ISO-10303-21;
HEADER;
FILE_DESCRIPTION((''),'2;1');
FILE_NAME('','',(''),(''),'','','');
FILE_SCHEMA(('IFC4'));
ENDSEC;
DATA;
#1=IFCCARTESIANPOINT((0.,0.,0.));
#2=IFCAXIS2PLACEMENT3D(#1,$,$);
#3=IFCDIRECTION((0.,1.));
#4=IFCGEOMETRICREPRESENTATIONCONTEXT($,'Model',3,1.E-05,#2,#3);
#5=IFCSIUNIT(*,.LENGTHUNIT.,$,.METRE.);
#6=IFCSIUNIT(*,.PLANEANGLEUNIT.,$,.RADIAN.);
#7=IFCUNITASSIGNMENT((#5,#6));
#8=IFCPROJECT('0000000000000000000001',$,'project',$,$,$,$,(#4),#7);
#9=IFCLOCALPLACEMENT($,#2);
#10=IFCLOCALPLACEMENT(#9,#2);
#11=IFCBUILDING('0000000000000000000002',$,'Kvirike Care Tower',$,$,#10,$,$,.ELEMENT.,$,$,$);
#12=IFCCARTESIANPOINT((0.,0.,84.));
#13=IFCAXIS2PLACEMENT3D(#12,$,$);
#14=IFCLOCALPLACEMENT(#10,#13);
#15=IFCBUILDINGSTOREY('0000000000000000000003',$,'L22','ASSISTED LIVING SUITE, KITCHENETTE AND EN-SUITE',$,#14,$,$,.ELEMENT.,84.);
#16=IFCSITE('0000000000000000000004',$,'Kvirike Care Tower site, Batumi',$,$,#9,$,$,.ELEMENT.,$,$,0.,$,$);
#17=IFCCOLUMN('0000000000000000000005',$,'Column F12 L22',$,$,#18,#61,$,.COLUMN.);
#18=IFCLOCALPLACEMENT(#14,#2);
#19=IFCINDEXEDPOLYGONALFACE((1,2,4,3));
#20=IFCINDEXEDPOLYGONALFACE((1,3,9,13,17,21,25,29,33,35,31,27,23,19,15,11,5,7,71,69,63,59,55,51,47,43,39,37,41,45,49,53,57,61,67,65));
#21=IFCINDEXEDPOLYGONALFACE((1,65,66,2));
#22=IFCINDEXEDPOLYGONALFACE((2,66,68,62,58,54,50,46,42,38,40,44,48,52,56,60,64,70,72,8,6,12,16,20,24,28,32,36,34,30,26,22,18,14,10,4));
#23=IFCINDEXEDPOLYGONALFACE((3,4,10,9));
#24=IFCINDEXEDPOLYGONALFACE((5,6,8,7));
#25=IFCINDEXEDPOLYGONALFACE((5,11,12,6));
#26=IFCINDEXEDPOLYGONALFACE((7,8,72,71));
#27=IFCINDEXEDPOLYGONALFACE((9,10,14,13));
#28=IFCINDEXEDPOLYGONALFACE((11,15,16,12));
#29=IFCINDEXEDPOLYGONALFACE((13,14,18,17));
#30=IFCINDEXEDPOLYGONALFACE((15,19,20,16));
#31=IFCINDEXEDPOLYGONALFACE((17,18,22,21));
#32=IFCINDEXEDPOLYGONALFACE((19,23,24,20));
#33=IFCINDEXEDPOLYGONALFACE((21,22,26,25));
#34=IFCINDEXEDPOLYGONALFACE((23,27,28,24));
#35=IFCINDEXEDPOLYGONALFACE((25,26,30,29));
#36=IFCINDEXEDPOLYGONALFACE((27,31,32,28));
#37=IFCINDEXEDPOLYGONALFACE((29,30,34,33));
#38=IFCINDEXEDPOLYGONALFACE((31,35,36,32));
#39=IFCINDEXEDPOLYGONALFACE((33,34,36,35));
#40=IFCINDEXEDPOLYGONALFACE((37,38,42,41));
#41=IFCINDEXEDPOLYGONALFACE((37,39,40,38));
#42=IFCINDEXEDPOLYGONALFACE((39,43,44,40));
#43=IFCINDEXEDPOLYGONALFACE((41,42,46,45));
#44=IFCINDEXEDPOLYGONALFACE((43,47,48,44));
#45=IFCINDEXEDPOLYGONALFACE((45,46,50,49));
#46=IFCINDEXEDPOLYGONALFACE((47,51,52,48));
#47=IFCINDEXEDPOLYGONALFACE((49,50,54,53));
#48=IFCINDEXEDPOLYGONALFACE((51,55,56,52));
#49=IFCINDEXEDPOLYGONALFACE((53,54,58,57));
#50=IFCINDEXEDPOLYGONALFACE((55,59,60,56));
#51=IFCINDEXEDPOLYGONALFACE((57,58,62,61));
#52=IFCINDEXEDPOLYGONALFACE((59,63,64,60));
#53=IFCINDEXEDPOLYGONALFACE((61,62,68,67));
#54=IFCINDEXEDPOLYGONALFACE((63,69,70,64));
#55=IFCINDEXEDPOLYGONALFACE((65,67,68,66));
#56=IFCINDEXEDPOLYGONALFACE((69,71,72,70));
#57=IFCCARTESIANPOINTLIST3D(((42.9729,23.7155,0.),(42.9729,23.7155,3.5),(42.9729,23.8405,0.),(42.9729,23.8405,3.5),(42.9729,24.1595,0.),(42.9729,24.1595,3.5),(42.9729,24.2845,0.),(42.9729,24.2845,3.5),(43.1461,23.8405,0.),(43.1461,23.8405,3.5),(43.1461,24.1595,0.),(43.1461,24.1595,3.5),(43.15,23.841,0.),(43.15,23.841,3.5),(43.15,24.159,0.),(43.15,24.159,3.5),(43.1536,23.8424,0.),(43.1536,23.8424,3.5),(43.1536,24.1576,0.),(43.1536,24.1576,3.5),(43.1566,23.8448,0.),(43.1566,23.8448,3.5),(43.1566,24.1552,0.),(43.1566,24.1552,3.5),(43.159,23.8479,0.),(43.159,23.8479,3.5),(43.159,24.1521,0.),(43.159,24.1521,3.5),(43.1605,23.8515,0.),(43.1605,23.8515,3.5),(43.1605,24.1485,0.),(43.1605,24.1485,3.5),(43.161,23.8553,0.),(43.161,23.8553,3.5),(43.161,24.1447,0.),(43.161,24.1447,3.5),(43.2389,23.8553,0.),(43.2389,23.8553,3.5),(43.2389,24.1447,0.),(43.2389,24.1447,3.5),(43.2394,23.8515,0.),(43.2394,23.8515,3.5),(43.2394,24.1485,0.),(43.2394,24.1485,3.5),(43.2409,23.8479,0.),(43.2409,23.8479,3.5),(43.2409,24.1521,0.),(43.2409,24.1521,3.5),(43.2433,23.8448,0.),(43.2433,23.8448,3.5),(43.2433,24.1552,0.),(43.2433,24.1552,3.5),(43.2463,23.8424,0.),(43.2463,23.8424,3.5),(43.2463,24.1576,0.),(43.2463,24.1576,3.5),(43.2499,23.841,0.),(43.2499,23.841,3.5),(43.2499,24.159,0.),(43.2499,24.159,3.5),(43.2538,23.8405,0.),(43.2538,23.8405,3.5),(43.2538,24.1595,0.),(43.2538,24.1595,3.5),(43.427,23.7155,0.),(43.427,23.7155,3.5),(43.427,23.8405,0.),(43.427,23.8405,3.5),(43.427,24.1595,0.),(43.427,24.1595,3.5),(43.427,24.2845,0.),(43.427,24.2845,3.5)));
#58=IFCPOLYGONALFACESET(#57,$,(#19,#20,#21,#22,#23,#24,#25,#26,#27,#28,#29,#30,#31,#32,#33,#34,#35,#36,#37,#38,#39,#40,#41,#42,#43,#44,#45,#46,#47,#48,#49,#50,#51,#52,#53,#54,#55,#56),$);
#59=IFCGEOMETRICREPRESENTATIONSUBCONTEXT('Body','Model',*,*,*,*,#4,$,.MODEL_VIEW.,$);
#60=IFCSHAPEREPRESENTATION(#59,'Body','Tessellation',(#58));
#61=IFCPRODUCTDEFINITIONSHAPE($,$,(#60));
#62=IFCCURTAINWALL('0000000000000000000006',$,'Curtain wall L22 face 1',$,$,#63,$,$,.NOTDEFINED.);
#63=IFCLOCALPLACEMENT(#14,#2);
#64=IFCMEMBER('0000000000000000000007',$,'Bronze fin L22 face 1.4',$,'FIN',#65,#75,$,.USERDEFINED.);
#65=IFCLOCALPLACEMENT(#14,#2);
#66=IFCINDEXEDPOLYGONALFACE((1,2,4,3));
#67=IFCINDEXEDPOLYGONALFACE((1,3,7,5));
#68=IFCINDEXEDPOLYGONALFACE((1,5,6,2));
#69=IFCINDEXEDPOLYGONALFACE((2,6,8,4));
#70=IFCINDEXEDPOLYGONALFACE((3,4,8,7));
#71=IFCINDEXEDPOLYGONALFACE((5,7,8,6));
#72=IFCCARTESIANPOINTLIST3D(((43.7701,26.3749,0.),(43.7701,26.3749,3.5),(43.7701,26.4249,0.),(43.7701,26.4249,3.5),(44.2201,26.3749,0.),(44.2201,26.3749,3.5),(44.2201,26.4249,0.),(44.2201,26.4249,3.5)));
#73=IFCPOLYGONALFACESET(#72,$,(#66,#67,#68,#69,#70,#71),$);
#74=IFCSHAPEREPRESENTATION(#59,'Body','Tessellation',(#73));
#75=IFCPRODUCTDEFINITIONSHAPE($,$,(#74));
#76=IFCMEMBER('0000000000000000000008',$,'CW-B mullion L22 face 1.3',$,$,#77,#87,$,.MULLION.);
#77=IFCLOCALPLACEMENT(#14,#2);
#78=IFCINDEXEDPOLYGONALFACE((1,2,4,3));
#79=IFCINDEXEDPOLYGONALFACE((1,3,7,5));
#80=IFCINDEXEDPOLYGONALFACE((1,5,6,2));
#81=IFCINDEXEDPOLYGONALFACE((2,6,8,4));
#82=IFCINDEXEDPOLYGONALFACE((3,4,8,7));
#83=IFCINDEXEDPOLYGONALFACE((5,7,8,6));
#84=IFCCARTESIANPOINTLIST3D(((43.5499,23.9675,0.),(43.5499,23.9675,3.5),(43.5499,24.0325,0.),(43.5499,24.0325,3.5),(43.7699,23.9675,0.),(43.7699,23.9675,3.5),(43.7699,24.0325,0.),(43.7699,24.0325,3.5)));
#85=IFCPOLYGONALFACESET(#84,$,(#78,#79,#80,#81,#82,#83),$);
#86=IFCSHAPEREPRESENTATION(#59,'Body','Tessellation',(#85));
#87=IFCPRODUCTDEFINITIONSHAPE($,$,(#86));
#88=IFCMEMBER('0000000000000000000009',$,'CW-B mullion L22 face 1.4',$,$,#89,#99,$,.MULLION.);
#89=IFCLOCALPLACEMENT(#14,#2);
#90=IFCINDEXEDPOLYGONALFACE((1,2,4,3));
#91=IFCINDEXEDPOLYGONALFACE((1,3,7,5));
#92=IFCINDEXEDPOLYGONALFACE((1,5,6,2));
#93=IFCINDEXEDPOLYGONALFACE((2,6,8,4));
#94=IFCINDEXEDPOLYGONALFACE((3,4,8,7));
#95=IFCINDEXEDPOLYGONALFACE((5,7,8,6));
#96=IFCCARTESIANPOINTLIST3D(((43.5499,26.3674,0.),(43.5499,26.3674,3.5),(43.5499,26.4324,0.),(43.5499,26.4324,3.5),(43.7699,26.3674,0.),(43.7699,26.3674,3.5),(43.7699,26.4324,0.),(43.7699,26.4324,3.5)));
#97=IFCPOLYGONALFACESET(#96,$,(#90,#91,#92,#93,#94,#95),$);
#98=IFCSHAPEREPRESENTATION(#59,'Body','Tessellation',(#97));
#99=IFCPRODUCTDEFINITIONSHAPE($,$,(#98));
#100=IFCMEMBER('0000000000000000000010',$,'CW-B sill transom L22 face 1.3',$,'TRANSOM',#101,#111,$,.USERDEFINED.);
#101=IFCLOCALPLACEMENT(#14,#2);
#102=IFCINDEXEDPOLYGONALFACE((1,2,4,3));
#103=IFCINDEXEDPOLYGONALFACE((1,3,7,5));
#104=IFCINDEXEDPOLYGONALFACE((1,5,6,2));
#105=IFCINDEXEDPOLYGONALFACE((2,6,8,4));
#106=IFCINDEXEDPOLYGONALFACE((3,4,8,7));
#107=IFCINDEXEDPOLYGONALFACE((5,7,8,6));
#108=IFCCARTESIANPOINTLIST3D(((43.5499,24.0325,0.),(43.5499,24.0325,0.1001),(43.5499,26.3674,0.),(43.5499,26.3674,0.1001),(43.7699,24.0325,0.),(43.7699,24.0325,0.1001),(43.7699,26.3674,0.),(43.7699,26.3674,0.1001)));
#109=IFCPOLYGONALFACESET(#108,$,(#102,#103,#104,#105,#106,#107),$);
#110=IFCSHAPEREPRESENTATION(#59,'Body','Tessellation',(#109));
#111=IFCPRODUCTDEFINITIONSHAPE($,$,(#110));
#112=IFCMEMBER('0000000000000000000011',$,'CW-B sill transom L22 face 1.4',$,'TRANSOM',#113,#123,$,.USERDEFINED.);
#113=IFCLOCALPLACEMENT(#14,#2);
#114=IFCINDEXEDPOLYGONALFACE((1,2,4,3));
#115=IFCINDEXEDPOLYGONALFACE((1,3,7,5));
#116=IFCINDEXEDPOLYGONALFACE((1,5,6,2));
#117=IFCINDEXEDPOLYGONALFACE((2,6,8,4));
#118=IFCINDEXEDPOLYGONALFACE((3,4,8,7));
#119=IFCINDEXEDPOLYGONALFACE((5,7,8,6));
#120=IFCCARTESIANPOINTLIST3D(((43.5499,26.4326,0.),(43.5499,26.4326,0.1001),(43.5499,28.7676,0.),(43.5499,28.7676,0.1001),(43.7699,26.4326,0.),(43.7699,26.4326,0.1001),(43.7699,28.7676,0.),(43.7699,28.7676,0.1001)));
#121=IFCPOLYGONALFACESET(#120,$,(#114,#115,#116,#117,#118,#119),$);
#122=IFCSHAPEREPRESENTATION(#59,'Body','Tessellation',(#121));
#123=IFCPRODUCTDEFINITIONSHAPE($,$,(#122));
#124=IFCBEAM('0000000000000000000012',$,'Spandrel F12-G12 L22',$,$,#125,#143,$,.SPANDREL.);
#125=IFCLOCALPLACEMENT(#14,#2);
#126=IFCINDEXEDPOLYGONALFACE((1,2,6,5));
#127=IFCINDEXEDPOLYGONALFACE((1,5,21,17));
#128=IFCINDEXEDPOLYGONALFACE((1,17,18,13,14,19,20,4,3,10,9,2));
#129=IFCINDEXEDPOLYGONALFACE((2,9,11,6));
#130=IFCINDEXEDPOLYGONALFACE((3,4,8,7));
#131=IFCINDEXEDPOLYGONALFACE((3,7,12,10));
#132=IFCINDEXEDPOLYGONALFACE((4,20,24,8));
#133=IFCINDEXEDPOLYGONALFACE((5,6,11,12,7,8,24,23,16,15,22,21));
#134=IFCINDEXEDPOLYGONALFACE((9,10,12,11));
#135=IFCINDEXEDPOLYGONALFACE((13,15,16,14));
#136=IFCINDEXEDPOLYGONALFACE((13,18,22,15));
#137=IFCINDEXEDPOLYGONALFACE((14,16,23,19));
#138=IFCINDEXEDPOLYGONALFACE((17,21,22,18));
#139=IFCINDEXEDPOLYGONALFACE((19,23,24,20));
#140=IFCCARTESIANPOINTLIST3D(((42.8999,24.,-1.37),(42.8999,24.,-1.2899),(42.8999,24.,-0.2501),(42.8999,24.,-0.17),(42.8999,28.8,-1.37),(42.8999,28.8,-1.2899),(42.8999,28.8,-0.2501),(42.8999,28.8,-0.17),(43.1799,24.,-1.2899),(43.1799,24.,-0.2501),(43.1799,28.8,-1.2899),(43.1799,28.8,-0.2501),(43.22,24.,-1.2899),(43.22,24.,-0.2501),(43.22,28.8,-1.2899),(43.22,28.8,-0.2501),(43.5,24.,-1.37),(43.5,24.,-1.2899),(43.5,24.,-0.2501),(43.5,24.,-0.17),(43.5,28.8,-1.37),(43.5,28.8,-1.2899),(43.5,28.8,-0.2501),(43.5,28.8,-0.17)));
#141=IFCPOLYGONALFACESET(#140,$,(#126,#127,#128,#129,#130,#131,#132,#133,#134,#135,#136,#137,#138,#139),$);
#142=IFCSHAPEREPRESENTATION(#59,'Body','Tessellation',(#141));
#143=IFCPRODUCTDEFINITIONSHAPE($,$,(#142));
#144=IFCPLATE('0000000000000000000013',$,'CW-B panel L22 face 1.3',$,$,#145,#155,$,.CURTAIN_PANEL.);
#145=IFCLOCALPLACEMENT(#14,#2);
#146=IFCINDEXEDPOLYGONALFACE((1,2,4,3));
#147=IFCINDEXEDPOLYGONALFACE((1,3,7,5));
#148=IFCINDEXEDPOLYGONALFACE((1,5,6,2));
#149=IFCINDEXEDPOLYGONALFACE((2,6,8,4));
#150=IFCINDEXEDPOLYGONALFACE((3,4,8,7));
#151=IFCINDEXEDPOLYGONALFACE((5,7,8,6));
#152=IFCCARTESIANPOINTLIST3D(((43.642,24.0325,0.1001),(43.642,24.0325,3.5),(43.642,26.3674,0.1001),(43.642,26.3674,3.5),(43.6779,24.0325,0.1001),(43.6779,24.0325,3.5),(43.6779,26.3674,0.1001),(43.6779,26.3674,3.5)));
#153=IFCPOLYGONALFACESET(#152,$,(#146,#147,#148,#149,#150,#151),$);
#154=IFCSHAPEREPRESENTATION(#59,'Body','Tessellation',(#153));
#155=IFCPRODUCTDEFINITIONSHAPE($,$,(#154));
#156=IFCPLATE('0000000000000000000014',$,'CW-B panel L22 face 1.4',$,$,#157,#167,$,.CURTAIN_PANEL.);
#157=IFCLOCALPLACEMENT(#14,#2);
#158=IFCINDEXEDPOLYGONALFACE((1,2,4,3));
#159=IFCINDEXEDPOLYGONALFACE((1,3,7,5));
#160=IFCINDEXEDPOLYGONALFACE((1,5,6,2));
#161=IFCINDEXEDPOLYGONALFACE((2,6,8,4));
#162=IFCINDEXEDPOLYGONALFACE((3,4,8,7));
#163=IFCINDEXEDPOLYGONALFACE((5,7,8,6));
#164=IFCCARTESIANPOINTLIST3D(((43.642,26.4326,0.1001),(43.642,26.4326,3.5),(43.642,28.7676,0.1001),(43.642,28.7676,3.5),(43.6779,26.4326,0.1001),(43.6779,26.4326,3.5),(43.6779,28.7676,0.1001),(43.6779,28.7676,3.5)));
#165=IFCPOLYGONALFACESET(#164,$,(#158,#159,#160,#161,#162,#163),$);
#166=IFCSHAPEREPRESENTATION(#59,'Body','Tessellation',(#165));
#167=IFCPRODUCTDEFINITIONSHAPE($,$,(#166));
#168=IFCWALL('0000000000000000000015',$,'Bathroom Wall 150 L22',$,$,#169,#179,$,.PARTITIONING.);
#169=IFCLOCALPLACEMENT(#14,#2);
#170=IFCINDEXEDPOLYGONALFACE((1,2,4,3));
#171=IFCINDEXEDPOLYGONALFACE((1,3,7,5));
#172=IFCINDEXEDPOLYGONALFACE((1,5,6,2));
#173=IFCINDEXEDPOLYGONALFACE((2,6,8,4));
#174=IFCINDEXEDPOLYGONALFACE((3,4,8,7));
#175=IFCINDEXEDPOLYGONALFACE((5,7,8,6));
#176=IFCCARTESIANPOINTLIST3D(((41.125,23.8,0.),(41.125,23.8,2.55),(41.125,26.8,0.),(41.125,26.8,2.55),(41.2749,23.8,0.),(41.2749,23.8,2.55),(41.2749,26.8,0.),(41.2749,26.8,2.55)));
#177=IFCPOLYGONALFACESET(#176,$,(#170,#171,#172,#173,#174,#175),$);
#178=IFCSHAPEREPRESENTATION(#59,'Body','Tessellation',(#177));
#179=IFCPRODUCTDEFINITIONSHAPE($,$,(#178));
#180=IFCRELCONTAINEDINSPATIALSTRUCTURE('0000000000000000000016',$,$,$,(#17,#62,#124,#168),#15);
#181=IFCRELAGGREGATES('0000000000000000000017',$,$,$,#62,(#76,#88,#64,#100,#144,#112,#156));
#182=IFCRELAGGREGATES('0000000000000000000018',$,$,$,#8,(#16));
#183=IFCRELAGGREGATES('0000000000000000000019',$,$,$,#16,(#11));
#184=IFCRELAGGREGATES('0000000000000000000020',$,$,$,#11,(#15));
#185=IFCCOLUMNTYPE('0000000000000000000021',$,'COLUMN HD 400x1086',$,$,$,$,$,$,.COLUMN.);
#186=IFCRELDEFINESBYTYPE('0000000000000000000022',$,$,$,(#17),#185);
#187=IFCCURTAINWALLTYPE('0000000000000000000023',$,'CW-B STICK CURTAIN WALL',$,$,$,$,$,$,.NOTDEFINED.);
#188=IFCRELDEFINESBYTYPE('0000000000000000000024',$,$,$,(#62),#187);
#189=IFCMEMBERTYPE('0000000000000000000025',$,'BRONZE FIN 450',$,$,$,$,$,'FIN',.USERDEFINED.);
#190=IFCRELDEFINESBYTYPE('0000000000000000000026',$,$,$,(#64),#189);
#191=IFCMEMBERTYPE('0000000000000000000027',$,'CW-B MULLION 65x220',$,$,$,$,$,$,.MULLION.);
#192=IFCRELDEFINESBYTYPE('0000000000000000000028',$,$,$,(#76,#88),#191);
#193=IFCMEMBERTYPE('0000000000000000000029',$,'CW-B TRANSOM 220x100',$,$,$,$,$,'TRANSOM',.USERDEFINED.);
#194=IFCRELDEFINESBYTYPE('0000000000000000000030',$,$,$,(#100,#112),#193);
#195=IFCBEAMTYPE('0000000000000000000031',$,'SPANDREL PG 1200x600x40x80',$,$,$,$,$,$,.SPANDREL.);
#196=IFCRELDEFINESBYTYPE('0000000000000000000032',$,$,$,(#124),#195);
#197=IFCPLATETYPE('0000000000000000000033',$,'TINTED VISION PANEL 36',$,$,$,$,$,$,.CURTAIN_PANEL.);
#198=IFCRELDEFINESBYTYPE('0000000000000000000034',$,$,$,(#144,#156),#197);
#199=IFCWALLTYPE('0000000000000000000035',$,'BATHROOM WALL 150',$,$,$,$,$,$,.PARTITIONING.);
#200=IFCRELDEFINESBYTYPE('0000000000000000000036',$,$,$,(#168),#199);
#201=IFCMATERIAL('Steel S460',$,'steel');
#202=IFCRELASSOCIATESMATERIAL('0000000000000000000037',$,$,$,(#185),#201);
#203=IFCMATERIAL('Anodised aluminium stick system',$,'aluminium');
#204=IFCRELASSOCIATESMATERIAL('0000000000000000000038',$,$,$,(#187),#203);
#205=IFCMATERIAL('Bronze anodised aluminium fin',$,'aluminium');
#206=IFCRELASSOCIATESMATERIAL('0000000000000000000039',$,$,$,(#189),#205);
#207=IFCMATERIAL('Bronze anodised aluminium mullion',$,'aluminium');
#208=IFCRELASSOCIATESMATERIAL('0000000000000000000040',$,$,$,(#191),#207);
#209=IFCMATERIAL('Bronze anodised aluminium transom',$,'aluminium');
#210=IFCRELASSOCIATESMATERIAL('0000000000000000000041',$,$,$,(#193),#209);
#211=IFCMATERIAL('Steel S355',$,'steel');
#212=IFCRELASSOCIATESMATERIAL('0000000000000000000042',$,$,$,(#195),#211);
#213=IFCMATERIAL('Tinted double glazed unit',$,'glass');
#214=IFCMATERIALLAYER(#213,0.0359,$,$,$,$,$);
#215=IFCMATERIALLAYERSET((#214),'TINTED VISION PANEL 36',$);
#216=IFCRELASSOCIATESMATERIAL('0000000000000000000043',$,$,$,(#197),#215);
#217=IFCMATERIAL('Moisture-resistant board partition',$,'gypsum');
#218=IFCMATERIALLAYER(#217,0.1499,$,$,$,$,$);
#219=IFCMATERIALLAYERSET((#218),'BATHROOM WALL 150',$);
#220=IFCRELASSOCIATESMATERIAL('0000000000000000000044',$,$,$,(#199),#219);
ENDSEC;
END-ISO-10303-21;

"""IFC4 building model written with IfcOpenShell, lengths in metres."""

from ifc_helpers import new_model, si_unit, direction, frame, frame_2d, origin, origin_2d, place, context, subcontext, project, spatial, rectangle, i_section, extrude, material, layer, layer_set, material_profile, profile_set, type_object, element, aggregate, save


model = new_model("IFC4")

# Units and contexts
model_context = context("Model", 3, precision=1e-05, world=origin(), true_north=direction((0.0, 1.0)))
body_context = subcontext(model_context, "Body", "Model", "MODEL_VIEW")
ifc_project = project(units=[si_unit("LENGTHUNIT", "METRE"), si_unit("PLANEANGLEUNIT", "RADIAN")], contexts=[model_context])

# Site, building, storey
site_placement = place(None, origin())
site = spatial("IfcSite", under=ifc_project, at=site_placement, Name="Kvirike Care Tower site, Batumi", CompositionType="ELEMENT", RefElevation=0.0)
building_placement = place(site_placement, origin())
building = spatial("IfcBuilding", under=site, at=building_placement, Name="Kvirike Care Tower", CompositionType="ELEMENT")
storey_placement = place(building_placement, frame((0.0, 0.0, 84.0)))
storey = spatial("IfcBuildingStorey", under=building, at=storey_placement, Name="L22", Description="ASSISTED LIVING SUITE, KITCHENETTE AND EN-SUITE", CompositionType="ELEMENT", Elevation=84.0)

# Column
ifc_material_1 = material(Name="Steel S460", Category="steel")
ifc_material_profile_1 = material_profile(ifc_material_1, i_section(OverallWidth=0.4541, OverallDepth=0.5691, WebThickness=0.0779, FlangeThickness=0.125, FilletRadius=0.0149, at=origin_2d()), Name="HD 400x1086")
ifc_profile_set_1 = profile_set([ifc_material_profile_1], Name="Steel S460")
column_type = type_object("IfcColumnType", Name="COLUMN HD 400x1086", PredefinedType="COLUMN", material=ifc_profile_set_1)
column_placement = place(storey_placement, frame((43.2, 24.0, 0.0), z_axis=(0.0, 0.0, 1.0), x_axis=(1.0, 0.0, 0.0)))
element("IfcColumn", 1, at=column_placement, inside=storey, type_object=column_type, Name="Column F12 L22", PredefinedType="COLUMN", context=body_context, shape_type="SweptSolid", body=[
    extrude(i_section(OverallWidth=0.4541, OverallDepth=0.5691, WebThickness=0.0779, FlangeThickness=0.125, FilletRadius=0.0149, at=origin_2d()), origin(), (0.0, 0.0, 1.0), 3.5),
])

# Curtain wall, members
ifc_material_2 = material(Name="Anodised aluminium stick system", Category="aluminium")
curtain_wall_type = type_object("IfcCurtainWallType", Name="CW-B STICK CURTAIN WALL", PredefinedType="NOTDEFINED", material=ifc_material_2)
curtain_wall_placement = place(storey_placement, origin())
curtain_wall = element("IfcCurtainWall", 2, at=curtain_wall_placement, inside=storey, type_object=curtain_wall_type, Name="Curtain wall L22 face 1", PredefinedType="NOTDEFINED")
ifc_material_3 = material(Name="Bronze anodised aluminium fin", Category="aluminium")
ifc_material_profile_2 = material_profile(ifc_material_3, rectangle(XDim=0.05, YDim=0.45, at=origin_2d()), Name="BRONZE FIN 450")
ifc_profile_set_2 = profile_set([ifc_material_profile_2], Name="Bronze anodised aluminium fin")
member_type_1 = type_object("IfcMemberType", Name="BRONZE FIN 450", ElementType="FIN", PredefinedType="USERDEFINED", material=ifc_profile_set_2)
member_1_placement = place(storey_placement, frame((43.9951, 26.3999, 0.0), z_axis=(0.0, 0.0, 1.0), x_axis=(0.0, 1.0, 0.0)))
member_1 = element("IfcMember", 3, at=member_1_placement, type_object=member_type_1, Name="Bronze fin L22 face 1.4", ObjectType="FIN", PredefinedType="USERDEFINED", context=body_context, shape_type="SweptSolid", body=[
    extrude(rectangle(XDim=0.05, YDim=0.45, at=origin_2d()), origin(), (0.0, 0.0, 1.0), 3.5),
])
ifc_material_4 = material(Name="Bronze anodised aluminium mullion", Category="aluminium")
ifc_material_profile_3 = material_profile(ifc_material_4, rectangle(XDim=0.0649, YDim=0.22, at=origin_2d()), Name="CW-B MULLION 65x220")
ifc_profile_set_3 = profile_set([ifc_material_profile_3], Name="Bronze anodised aluminium mullion")
member_type_2 = type_object("IfcMemberType", Name="CW-B MULLION 65x220", PredefinedType="MULLION", material=ifc_profile_set_3)
member_2_placement = place(storey_placement, frame((43.6599, 24.0, 0.0), z_axis=(0.0, 0.0, 1.0), x_axis=(0.0, 1.0, 0.0)))
member_2 = element("IfcMember", 4, at=member_2_placement, type_object=member_type_2, Name="CW-B mullion L22 face 1.3", PredefinedType="MULLION", context=body_context, shape_type="SweptSolid", body=[
    extrude(rectangle(XDim=0.0649, YDim=0.22, at=origin_2d()), origin(), (0.0, 0.0, 1.0), 3.5),
])
member_3_placement = place(storey_placement, frame((43.6599, 26.3999, 0.0), z_axis=(0.0, 0.0, 1.0), x_axis=(0.0, 1.0, 0.0)))
member_3 = element("IfcMember", 5, at=member_3_placement, type_object=member_type_2, Name="CW-B mullion L22 face 1.4", PredefinedType="MULLION", context=body_context, shape_type="SweptSolid", body=[
    extrude(rectangle(XDim=0.0649, YDim=0.22, at=origin_2d()), origin(), (0.0, 0.0, 1.0), 3.5),
])
ifc_material_5 = material(Name="Bronze anodised aluminium transom", Category="aluminium")
ifc_material_profile_4 = material_profile(ifc_material_5, rectangle(XDim=0.22, YDim=0.1001, at=origin_2d()), Name="CW-B TRANSOM 220x100")
ifc_profile_set_4 = profile_set([ifc_material_profile_4], Name="Bronze anodised aluminium transom")
member_type_3 = type_object("IfcMemberType", Name="CW-B TRANSOM 220x100", ElementType="TRANSOM", PredefinedType="USERDEFINED", material=ifc_profile_set_4)
member_4_placement = place(storey_placement, frame((43.6599, 24.0325, 0.05), z_axis=(0.0, 1.0, 0.0), x_axis=(-1.0, 0.0, 0.0)))
member_4 = element("IfcMember", 6, at=member_4_placement, type_object=member_type_3, Name="CW-B sill transom L22 face 1.3", ObjectType="TRANSOM", PredefinedType="USERDEFINED", context=body_context, shape_type="SweptSolid", body=[
    extrude(rectangle(XDim=0.22, YDim=0.1001, at=origin_2d()), origin(), (0.0, 0.0, 1.0), 2.335),
])
member_5_placement = place(storey_placement, frame((43.6599, 26.4326, 0.05), z_axis=(0.0, 1.0, 0.0), x_axis=(-1.0, 0.0, 0.0)))
member_5 = element("IfcMember", 7, at=member_5_placement, type_object=member_type_3, Name="CW-B sill transom L22 face 1.4", ObjectType="TRANSOM", PredefinedType="USERDEFINED", context=body_context, shape_type="SweptSolid", body=[
    extrude(rectangle(XDim=0.22, YDim=0.1001, at=origin_2d()), origin(), (0.0, 0.0, 1.0), 2.335),
])

# Beam
ifc_material_6 = material(Name="Steel S355", Category="steel")
ifc_material_profile_5 = material_profile(ifc_material_6, i_section(OverallWidth=0.6001, OverallDepth=1.2, WebThickness=0.04, FlangeThickness=0.0801, at=origin_2d()), Name="PG 1200x600x40x80")
ifc_profile_set_5 = profile_set([ifc_material_profile_5], Name="Steel S355")
beam_type = type_object("IfcBeamType", Name="SPANDREL PG 1200x600x40x80", PredefinedType="SPANDREL", material=ifc_profile_set_5)
beam_placement = place(storey_placement, frame((43.2, 24.0, -0.77), z_axis=(0.0, 1.0, 0.0), x_axis=(-1.0, 0.0, 0.0)))
element("IfcBeam", 8, at=beam_placement, inside=storey, type_object=beam_type, Name="Spandrel F12-G12 L22", PredefinedType="SPANDREL", context=body_context, shape_type="SweptSolid", body=[
    extrude(i_section(OverallWidth=0.6001, OverallDepth=1.2, WebThickness=0.04, FlangeThickness=0.0801, at=origin_2d()), origin(), (0.0, 0.0, 1.0), 4.8),
])

# Plates
ifc_material_7 = material(Name="Tinted double glazed unit", Category="glass")
ifc_layer_1 = layer(ifc_material_7, 0.0359)
ifc_layer_set_1 = layer_set([ifc_layer_1], Name="TINTED VISION PANEL 36")
plate_type = type_object("IfcPlateType", Name="TINTED VISION PANEL 36", PredefinedType="CURTAIN_PANEL", material=ifc_layer_set_1)
plate_1_placement = place(storey_placement, frame((43.6599, 25.2, 0.1001), z_axis=(0.0, 0.0, 1.0), x_axis=(0.0, 1.0, 0.0)))
plate_1 = element("IfcPlate", 9, at=plate_1_placement, type_object=plate_type, Name="CW-B panel L22 face 1.3", PredefinedType="CURTAIN_PANEL", context=body_context, shape_type="SweptSolid", body=[
    extrude(rectangle(XDim=2.335, YDim=0.0359, at=origin_2d()), origin(), (0.0, 0.0, 1.0), 3.3999),
])
plate_2_placement = place(storey_placement, frame((43.6599, 27.6001, 0.1001), z_axis=(0.0, 0.0, 1.0), x_axis=(0.0, 1.0, 0.0)))
plate_2 = element("IfcPlate", 10, at=plate_2_placement, type_object=plate_type, Name="CW-B panel L22 face 1.4", PredefinedType="CURTAIN_PANEL", context=body_context, shape_type="SweptSolid", body=[
    extrude(rectangle(XDim=2.335, YDim=0.0359, at=origin_2d()), origin(), (0.0, 0.0, 1.0), 3.3999),
])
aggregate(curtain_wall, [member_2, member_3, member_1, member_4, plate_1, member_5, plate_2])

# Wall
ifc_material_8 = material(Name="Moisture-resistant board partition", Category="gypsum")
ifc_layer_2 = layer(ifc_material_8, 0.1499)
ifc_layer_set_2 = layer_set([ifc_layer_2], Name="BATHROOM WALL 150")
wall_type_1 = type_object("IfcWallType", Name="BATHROOM WALL 150", PredefinedType="PARTITIONING", material=ifc_layer_set_2)
wall_1_placement = place(storey_placement, frame((41.2, 23.8, 0.0), z_axis=(0.0, 0.0, 1.0), x_axis=(0.0, 1.0, 0.0)))
element("IfcWall", 11, at=wall_1_placement, inside=storey, type_object=wall_type_1, Name="Bathroom Wall 150 L22", PredefinedType="PARTITIONING", context=body_context, shape_type="SweptSolid", body=[
    extrude(rectangle(XDim=3.0, YDim=0.1499, at=frame_2d((1.5, 0.0))), origin(), (0.0, 0.0, 1.0), 2.55),
])

save(model, "model.ifc")
